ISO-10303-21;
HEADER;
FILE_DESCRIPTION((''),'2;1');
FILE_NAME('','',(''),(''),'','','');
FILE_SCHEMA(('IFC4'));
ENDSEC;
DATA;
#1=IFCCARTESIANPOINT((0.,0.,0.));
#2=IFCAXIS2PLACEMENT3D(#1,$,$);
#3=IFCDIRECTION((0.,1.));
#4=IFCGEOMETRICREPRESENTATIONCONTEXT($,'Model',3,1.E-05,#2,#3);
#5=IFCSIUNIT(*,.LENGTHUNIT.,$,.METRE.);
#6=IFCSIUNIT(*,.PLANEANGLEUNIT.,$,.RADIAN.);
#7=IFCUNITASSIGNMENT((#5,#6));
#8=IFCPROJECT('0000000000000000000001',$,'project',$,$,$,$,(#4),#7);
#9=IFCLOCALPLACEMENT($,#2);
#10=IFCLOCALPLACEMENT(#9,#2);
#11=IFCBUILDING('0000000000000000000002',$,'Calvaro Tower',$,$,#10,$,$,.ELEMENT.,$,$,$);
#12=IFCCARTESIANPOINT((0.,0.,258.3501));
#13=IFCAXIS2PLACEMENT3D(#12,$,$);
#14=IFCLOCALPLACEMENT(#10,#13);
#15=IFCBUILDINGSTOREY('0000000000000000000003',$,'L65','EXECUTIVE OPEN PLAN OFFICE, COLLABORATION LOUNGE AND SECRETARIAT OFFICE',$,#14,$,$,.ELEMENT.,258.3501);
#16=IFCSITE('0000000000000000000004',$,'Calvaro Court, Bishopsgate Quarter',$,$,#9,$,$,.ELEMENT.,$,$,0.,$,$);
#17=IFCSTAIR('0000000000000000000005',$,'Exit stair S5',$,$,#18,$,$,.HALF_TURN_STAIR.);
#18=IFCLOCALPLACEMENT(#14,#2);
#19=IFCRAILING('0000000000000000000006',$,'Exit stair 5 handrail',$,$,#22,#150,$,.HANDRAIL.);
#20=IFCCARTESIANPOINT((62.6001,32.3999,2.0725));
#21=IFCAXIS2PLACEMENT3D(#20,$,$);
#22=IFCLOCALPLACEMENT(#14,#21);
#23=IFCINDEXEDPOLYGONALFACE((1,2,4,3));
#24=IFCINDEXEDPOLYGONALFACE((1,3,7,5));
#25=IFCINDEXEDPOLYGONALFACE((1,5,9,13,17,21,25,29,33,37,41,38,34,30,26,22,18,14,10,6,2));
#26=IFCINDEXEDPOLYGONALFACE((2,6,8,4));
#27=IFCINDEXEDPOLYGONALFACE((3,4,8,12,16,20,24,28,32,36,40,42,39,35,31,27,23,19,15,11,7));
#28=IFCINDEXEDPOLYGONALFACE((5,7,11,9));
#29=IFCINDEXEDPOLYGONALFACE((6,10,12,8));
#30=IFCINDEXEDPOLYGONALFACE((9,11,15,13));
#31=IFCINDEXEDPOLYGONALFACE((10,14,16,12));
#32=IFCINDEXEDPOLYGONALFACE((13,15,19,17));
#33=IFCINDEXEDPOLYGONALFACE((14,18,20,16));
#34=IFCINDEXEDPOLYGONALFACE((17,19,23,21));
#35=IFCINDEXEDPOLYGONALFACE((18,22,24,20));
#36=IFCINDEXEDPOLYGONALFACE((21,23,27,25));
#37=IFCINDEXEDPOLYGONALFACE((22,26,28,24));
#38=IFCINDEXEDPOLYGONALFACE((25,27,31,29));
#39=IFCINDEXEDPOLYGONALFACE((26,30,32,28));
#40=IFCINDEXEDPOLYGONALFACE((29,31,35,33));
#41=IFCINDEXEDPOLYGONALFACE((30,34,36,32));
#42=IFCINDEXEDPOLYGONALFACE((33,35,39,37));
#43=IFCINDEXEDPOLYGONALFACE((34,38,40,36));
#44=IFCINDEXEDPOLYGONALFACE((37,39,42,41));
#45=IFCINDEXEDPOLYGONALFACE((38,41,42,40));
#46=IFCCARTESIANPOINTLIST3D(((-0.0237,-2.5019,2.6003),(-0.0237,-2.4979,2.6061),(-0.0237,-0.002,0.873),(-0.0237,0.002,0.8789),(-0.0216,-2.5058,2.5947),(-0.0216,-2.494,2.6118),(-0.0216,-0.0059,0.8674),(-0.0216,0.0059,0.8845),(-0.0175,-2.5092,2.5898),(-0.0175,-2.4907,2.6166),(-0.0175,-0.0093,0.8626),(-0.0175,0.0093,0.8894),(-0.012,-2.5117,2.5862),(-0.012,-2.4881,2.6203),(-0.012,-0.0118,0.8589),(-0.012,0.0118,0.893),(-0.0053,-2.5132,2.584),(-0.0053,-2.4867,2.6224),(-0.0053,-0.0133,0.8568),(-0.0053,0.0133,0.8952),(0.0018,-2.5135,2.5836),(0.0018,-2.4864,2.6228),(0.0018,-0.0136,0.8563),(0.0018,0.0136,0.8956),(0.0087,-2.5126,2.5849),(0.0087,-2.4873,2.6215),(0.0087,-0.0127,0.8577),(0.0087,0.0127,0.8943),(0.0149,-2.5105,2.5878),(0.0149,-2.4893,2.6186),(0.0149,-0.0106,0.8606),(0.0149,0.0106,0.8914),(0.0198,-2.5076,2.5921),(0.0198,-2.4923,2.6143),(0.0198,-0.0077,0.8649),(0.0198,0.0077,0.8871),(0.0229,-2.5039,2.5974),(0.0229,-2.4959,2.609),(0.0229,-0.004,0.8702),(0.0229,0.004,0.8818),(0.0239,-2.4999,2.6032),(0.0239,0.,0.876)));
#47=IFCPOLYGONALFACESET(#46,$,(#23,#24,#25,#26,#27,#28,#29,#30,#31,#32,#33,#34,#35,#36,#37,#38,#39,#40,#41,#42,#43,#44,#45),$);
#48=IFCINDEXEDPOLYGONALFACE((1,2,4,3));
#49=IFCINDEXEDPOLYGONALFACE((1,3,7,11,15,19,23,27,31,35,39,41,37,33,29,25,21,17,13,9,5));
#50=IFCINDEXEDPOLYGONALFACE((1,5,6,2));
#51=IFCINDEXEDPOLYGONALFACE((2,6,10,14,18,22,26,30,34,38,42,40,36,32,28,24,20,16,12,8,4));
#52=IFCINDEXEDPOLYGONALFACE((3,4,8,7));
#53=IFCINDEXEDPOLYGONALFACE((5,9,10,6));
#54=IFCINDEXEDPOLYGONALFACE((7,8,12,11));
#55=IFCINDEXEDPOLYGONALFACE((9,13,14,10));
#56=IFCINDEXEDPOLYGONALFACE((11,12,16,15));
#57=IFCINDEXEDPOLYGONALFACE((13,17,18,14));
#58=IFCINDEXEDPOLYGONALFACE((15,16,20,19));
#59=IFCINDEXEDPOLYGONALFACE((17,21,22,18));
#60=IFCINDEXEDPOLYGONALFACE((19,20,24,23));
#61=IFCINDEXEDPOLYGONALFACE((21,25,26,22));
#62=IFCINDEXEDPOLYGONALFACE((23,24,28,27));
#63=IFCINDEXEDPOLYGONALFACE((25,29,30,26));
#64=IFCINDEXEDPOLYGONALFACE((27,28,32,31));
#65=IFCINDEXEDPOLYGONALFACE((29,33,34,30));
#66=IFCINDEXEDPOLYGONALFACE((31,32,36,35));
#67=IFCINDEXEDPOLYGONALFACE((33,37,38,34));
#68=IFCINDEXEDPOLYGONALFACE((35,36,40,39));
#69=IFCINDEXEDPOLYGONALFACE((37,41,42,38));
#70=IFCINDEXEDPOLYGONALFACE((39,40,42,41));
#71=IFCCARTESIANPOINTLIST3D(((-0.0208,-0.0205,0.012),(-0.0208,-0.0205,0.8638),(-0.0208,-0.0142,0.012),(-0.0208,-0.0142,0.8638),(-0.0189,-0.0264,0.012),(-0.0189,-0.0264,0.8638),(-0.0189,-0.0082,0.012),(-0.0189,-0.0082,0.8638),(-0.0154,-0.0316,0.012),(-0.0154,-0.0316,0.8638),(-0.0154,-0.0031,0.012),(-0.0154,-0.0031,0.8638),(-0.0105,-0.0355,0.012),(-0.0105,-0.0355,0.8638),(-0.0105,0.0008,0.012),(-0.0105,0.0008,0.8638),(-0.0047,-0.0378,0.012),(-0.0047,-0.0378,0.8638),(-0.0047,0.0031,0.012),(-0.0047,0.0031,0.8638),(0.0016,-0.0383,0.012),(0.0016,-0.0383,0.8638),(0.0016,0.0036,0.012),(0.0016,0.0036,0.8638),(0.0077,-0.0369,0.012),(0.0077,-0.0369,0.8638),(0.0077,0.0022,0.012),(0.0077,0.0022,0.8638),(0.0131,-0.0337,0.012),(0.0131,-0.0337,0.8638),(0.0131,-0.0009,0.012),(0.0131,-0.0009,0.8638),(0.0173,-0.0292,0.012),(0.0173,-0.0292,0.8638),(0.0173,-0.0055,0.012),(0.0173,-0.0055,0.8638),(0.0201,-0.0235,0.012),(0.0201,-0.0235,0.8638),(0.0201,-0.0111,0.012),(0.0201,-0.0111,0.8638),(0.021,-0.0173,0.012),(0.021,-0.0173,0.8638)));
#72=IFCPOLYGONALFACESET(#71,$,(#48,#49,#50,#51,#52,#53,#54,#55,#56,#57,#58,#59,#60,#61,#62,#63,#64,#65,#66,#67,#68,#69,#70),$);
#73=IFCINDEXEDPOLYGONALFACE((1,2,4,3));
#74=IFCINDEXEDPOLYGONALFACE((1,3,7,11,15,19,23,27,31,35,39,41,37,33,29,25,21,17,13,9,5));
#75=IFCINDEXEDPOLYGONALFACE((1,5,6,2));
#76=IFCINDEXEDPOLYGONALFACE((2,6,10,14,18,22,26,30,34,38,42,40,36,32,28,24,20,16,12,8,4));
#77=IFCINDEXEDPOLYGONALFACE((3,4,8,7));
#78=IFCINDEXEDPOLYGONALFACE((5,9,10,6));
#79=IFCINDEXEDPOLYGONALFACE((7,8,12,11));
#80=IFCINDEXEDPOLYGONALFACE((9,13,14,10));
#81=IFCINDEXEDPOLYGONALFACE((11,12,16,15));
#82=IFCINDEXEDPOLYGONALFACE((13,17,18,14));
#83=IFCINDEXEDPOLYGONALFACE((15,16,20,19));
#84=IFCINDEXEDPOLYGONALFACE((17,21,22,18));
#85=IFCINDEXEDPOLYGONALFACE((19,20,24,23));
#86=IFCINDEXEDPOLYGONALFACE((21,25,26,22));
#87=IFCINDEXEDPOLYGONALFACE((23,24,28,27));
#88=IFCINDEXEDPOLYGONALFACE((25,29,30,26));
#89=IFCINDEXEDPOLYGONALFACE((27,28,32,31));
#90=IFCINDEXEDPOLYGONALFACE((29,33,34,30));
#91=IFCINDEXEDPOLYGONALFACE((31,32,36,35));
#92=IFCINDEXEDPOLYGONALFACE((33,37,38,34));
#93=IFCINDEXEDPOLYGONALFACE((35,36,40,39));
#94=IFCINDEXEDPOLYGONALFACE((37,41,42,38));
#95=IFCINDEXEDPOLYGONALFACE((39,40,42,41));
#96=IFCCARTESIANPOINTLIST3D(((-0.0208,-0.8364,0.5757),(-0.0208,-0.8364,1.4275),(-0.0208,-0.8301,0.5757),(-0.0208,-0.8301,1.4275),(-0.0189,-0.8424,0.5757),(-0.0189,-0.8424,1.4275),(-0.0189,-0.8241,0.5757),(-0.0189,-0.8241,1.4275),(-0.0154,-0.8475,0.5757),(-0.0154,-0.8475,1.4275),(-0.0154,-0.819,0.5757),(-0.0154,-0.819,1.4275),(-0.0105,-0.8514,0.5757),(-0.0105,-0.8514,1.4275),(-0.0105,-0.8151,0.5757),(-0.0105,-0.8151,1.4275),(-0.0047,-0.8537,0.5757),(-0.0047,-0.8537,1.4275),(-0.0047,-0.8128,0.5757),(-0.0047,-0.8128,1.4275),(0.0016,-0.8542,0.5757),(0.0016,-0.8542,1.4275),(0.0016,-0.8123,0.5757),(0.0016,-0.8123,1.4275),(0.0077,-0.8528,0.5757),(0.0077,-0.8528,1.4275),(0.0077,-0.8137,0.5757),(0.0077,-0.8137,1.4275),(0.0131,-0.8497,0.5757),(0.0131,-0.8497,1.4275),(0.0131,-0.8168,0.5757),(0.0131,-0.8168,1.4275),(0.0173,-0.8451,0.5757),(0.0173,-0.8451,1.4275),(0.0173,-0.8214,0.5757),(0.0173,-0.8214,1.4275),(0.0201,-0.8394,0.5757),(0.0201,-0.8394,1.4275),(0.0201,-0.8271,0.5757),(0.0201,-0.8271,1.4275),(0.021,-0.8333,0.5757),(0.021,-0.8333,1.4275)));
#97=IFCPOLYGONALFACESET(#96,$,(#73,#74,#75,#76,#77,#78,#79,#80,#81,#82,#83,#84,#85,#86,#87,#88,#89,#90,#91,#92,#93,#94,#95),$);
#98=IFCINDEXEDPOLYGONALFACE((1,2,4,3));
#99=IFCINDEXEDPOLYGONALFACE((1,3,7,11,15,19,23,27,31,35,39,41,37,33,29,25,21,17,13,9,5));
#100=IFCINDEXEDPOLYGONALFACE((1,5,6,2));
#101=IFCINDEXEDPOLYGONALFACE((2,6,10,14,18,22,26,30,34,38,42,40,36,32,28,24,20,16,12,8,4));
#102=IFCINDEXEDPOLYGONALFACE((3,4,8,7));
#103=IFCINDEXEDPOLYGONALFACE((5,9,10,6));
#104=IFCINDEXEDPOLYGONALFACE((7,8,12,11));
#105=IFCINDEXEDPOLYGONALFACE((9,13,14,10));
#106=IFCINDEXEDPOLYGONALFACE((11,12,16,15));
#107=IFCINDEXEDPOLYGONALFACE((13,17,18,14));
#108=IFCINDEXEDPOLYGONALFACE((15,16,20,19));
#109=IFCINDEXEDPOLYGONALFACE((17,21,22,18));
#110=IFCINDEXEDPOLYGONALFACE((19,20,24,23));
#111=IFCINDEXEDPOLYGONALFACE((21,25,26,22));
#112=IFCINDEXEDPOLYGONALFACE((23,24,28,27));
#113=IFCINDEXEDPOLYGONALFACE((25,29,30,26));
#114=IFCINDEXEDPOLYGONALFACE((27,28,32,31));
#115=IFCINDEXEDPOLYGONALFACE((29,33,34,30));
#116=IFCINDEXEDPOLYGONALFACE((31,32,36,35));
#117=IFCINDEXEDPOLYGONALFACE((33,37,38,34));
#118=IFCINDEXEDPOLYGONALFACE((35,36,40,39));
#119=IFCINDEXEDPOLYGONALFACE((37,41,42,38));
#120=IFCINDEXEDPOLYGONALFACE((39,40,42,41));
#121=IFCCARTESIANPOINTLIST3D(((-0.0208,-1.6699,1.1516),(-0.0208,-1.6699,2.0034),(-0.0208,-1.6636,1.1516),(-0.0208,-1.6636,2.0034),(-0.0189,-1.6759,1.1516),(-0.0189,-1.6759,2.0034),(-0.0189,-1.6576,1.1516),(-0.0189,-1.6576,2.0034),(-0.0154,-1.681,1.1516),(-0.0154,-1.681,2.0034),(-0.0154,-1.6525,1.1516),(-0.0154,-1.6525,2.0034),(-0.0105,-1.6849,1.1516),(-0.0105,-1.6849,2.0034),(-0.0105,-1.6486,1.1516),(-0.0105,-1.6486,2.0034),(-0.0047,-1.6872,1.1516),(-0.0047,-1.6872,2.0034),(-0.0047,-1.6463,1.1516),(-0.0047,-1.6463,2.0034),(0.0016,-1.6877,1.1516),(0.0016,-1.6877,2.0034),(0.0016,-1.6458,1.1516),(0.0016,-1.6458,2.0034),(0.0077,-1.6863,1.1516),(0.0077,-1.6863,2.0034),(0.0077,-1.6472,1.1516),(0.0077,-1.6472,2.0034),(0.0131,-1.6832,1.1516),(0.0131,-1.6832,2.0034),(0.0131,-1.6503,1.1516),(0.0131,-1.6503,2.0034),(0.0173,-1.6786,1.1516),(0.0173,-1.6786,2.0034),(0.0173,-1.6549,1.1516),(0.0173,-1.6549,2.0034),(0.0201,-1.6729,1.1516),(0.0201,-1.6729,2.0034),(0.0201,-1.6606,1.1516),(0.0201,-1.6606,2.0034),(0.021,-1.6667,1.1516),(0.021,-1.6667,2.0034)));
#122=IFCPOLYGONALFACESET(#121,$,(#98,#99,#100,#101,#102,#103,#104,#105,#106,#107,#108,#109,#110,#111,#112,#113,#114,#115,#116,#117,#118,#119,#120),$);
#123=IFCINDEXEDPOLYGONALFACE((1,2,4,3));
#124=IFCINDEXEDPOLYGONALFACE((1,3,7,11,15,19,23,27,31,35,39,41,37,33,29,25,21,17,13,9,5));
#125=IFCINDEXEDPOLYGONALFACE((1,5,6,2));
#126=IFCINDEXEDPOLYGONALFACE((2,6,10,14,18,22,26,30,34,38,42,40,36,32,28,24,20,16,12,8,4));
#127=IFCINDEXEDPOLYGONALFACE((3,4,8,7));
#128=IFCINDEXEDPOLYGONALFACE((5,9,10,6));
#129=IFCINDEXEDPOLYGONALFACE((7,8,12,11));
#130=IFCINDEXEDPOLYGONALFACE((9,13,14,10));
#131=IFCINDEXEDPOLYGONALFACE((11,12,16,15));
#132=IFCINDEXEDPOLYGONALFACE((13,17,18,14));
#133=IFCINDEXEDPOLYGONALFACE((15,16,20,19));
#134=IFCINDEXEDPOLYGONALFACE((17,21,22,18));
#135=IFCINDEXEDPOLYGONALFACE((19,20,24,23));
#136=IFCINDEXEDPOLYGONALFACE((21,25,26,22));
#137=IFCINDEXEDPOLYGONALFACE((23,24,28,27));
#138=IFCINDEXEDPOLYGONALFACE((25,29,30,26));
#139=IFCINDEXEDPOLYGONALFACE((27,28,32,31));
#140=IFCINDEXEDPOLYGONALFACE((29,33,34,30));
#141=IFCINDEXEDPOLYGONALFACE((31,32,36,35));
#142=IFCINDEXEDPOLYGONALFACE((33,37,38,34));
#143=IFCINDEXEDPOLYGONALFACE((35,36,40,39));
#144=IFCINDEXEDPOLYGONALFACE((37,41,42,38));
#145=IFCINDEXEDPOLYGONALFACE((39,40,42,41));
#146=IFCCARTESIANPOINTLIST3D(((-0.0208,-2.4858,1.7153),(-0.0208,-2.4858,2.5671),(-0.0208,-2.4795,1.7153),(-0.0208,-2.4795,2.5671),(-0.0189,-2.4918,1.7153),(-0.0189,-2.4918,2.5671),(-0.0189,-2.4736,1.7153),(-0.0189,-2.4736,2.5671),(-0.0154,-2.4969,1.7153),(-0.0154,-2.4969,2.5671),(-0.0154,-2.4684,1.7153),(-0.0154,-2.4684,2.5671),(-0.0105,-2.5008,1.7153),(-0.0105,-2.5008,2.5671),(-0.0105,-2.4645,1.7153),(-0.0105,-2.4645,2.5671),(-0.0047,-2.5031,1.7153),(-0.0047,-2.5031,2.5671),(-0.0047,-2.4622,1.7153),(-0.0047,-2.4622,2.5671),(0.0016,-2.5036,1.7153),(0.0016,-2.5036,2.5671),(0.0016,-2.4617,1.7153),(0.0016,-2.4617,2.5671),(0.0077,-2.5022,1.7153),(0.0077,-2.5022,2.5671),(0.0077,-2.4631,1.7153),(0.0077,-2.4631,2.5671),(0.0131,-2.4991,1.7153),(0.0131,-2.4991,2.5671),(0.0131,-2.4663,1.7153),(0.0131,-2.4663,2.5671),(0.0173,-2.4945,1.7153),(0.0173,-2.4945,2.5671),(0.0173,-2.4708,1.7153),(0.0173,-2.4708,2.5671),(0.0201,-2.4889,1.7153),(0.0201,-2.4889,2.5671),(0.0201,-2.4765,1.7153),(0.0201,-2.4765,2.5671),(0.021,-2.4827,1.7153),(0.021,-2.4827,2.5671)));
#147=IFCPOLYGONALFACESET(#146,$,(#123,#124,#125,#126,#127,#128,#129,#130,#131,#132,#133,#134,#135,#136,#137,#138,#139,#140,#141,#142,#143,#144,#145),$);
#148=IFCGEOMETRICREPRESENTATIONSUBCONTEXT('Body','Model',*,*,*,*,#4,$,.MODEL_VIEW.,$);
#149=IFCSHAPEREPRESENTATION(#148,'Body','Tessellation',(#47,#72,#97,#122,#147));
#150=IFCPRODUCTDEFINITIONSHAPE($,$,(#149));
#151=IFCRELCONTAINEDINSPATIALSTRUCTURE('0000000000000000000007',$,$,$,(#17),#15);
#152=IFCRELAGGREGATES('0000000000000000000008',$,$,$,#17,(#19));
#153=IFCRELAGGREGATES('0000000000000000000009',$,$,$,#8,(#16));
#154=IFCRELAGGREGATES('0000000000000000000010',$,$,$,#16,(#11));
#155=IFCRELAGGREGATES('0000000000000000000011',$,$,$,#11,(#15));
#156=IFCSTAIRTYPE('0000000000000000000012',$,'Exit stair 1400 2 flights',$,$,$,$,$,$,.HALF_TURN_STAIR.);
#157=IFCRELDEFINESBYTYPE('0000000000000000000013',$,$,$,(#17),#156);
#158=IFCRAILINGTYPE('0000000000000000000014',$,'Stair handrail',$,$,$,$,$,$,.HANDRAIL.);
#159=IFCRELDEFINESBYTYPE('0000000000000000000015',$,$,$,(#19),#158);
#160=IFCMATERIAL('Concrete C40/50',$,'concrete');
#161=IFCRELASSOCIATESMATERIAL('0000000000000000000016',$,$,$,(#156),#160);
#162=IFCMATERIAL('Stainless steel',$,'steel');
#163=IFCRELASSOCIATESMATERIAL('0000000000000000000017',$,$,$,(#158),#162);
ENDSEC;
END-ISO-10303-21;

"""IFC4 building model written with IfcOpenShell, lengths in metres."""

from ifc_helpers import new_model, si_unit, direction, frame, origin, origin_2d, place, context, subcontext, project, spatial, circle, extrude, material, type_object, element, aggregate, save


model = new_model("IFC4")

# Units and contexts
model_context = context("Model", 3, precision=1e-05, world=origin(), true_north=direction((0.0, 1.0)))
body_context = subcontext(model_context, "Body", "Model", "MODEL_VIEW")
ifc_project = project(units=[si_unit("LENGTHUNIT", "METRE"), si_unit("PLANEANGLEUNIT", "RADIAN")], contexts=[model_context])

# Site, building, storey
site_placement = place(None, origin())
site = spatial("IfcSite", under=ifc_project, at=site_placement, Name="Calvaro Court, Bishopsgate Quarter", CompositionType="ELEMENT", RefElevation=0.0)
building_placement = place(site_placement, origin())
building = spatial("IfcBuilding", under=site, at=building_placement, Name="Calvaro Tower", CompositionType="ELEMENT")
storey_placement = place(building_placement, frame((0.0, 0.0, 258.3501)))
storey = spatial("IfcBuildingStorey", under=building, at=storey_placement, Name="L65", Description="EXECUTIVE OPEN PLAN OFFICE, COLLABORATION LOUNGE AND SECRETARIAT OFFICE", CompositionType="ELEMENT", Elevation=258.3501)

# Stair, railing
ifc_material_1 = material(Name="Concrete C40/50", Category="concrete")
stair_type = type_object("IfcStairType", Name="Exit stair 1400 2 flights", PredefinedType="HALF_TURN_STAIR", material=ifc_material_1)
stair_placement = place(storey_placement, origin())
stair = element("IfcStair", 1, at=stair_placement, inside=storey, type_object=stair_type, Name="Exit stair S5", PredefinedType="HALF_TURN_STAIR")
ifc_material_2 = material(Name="Stainless steel", Category="steel")
railing_type = type_object("IfcRailingType", Name="Stair handrail", PredefinedType="HANDRAIL", material=ifc_material_2)
railing_1_placement = place(storey_placement, frame((62.6001, 32.3999, 2.0725)))
railing_1 = element("IfcRailing", 2, at=railing_1_placement, type_object=railing_type, Name="Exit stair 5 handrail", PredefinedType="HANDRAIL", context=body_context, shape_type="SweptSolid", body=[
    extrude(circle(Radius=0.0239, at=origin_2d()), frame((0.0, 0.0, 0.876), z_axis=(0.0, -0.822727, 0.568437), x_axis=(1.0, 0.0, 0.0)), (0.0, 0.0, 1.0), 3.0386),
    extrude(circle(Radius=0.021, at=origin_2d()), frame((0.0, -0.0173, 0.012)), (0.0, 0.0, 1.0), 0.8518),
    extrude(circle(Radius=0.021, at=origin_2d()), frame((0.0, -0.8333, 0.5757)), (0.0, 0.0, 1.0), 0.8518),
    extrude(circle(Radius=0.021, at=origin_2d()), frame((0.0, -1.6667, 1.1516)), (0.0, 0.0, 1.0), 0.8518),
    extrude(circle(Radius=0.021, at=origin_2d()), frame((0.0, -2.4827, 1.7153)), (0.0, 0.0, 1.0), 0.8518),
])
aggregate(stair, [railing_1])

save(model, "model.ifc")
